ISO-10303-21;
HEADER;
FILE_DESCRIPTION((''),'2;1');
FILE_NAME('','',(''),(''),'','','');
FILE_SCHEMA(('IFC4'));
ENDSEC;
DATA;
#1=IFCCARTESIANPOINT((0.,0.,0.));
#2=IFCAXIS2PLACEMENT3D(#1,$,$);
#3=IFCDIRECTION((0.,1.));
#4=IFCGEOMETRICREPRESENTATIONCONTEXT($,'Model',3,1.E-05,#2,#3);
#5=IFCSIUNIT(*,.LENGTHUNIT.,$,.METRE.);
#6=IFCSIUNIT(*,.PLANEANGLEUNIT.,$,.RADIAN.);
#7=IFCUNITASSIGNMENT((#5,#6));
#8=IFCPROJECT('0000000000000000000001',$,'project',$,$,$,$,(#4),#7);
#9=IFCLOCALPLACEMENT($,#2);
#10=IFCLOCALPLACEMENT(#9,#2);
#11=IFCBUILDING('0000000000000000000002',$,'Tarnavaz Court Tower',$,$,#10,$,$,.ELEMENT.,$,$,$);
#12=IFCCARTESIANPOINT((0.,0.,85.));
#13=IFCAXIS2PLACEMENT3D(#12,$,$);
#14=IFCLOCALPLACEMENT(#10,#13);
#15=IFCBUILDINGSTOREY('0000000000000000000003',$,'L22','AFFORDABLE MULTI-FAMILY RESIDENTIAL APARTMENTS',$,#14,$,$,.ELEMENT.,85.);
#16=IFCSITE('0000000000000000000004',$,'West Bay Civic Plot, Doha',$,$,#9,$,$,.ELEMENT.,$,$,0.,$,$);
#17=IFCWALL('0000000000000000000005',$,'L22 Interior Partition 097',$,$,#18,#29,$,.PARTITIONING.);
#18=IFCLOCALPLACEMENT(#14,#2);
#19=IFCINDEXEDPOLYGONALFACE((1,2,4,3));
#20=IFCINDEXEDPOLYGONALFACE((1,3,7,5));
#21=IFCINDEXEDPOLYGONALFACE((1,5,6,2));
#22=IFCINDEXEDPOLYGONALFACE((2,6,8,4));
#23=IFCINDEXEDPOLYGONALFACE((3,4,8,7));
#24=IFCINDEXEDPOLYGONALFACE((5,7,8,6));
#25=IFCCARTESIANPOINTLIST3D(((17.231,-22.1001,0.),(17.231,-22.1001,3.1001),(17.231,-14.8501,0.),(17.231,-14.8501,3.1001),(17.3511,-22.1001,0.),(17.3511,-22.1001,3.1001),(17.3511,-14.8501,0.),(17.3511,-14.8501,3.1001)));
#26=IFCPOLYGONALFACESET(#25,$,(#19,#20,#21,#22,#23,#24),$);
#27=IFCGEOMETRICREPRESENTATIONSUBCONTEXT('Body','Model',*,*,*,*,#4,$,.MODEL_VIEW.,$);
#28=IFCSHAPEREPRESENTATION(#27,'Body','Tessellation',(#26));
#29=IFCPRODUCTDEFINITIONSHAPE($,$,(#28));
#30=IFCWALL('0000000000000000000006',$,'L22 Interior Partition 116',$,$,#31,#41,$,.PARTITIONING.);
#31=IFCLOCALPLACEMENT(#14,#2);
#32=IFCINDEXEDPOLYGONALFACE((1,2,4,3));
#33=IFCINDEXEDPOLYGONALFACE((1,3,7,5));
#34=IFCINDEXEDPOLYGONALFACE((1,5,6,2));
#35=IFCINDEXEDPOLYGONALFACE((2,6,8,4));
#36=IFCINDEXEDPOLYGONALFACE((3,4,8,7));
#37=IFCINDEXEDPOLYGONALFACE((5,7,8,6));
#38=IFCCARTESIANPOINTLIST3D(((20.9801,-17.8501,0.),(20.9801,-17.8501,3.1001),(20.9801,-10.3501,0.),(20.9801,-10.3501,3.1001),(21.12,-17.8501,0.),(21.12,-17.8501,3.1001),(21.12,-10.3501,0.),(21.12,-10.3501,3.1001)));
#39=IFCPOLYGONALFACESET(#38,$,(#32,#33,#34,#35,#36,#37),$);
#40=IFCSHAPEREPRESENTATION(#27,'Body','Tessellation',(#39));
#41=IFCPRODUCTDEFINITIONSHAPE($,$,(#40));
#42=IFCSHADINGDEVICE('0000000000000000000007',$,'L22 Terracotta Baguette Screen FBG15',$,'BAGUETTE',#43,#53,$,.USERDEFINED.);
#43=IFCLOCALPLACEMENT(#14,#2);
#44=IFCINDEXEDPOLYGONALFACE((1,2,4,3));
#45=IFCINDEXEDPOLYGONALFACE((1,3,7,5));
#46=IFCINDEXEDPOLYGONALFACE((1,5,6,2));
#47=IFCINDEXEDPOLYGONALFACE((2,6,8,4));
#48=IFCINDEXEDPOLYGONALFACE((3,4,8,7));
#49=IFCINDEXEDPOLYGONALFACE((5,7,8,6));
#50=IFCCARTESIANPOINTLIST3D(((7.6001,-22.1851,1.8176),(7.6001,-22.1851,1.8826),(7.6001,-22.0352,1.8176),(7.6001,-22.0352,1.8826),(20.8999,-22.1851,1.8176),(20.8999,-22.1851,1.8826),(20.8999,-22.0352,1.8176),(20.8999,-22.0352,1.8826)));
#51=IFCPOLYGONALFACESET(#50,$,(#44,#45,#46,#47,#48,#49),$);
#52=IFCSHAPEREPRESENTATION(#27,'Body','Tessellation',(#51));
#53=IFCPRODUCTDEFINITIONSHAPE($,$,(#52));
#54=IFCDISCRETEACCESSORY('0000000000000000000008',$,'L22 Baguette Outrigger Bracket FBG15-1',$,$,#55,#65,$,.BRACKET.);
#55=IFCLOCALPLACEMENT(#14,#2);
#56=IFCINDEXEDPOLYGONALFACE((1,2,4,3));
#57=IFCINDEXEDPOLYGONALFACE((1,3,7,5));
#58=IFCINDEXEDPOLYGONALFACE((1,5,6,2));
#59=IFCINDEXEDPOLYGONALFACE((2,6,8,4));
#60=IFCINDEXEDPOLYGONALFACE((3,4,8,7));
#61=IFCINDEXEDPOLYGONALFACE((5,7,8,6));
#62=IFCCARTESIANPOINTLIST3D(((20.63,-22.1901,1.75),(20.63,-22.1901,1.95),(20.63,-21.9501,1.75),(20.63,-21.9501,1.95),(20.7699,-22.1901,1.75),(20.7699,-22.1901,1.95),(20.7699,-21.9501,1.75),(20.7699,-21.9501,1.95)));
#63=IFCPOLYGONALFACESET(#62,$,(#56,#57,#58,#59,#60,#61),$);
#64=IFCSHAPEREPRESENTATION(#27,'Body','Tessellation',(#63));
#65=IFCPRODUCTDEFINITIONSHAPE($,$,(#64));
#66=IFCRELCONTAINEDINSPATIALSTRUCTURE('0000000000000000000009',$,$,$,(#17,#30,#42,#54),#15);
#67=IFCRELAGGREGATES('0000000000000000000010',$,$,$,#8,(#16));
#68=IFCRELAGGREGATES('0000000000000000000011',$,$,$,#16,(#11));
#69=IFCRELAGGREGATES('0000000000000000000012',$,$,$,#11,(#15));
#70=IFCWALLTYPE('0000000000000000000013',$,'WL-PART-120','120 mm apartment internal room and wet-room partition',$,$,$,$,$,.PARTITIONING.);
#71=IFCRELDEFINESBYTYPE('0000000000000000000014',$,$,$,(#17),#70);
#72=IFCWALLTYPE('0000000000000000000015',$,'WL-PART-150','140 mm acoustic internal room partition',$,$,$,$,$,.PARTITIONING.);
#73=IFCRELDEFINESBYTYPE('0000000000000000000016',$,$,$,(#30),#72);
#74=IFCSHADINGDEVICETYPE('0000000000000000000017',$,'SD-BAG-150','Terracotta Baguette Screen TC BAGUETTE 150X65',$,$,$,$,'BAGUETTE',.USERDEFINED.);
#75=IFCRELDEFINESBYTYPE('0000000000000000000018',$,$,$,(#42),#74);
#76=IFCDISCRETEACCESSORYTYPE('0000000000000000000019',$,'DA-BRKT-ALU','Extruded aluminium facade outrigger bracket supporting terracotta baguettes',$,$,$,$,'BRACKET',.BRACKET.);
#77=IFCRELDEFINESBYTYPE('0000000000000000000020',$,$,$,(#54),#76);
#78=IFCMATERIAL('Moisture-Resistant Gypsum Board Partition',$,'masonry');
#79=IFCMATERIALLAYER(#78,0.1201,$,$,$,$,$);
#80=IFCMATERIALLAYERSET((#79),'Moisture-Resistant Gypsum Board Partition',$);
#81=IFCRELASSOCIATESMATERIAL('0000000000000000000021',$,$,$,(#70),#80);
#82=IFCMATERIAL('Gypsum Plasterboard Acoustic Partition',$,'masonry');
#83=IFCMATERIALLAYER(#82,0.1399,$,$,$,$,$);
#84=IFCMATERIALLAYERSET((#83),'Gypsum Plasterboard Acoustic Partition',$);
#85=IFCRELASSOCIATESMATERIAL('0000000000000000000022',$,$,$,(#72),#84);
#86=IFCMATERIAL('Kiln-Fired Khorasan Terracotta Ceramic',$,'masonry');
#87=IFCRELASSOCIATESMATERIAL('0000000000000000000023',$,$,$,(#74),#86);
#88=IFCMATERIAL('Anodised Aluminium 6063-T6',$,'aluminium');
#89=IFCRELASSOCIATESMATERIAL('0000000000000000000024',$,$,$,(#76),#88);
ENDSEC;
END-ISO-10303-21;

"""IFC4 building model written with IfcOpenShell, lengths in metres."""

from ifc_helpers import new_model, si_unit, direction, frame, frame_2d, origin, origin_2d, place, context, subcontext, project, spatial, rectangle, extrude, material, layer, layer_set, material_profile, profile_set, type_object, element, save


model = new_model("IFC4")

# Units and contexts
model_context = context("Model", 3, precision=1e-05, world=origin(), true_north=direction((0.0, 1.0)))
body_context = subcontext(model_context, "Body", "Model", "MODEL_VIEW")
ifc_project = project(units=[si_unit("LENGTHUNIT", "METRE"), si_unit("PLANEANGLEUNIT", "RADIAN")], contexts=[model_context])

# Site, building, storey
site_placement = place(None, origin())
site = spatial("IfcSite", under=ifc_project, at=site_placement, Name="West Bay Civic Plot, Doha", CompositionType="ELEMENT", RefElevation=0.0)
building_placement = place(site_placement, origin())
building = spatial("IfcBuilding", under=site, at=building_placement, Name="Tarnavaz Court Tower", CompositionType="ELEMENT")
storey_placement = place(building_placement, frame((0.0, 0.0, 85.0)))
storey = spatial("IfcBuildingStorey", under=building, at=storey_placement, Name="L22", Description="AFFORDABLE MULTI-FAMILY RESIDENTIAL APARTMENTS", CompositionType="ELEMENT", Elevation=85.0)

# Shared definitions
ifc_material_1 = material(Name="Moisture-Resistant Gypsum Board Partition", Category="masonry")
ifc_layer_1 = layer(ifc_material_1, 0.1201)
ifc_layer_set_1 = layer_set([ifc_layer_1], Name="Moisture-Resistant Gypsum Board Partition")
wall_type_1 = type_object("IfcWallType", Name="WL-PART-120", Description="120 mm apartment internal room and wet-room partition", PredefinedType="PARTITIONING", material=ifc_layer_set_1)

# Walls
wall_1_placement = place(storey_placement, frame((17.291, -22.1001, 0.0), z_axis=(0.0, 0.0, 1.0), x_axis=(0.0, 1.0, 0.0)))
element("IfcWall", 1, at=wall_1_placement, inside=storey, type_object=wall_type_1, Name="L22 Interior Partition 097", PredefinedType="PARTITIONING", context=body_context, shape_type="SweptSolid", body=[
    extrude(rectangle(XDim=7.25, YDim=0.1201, at=frame_2d((3.625, 0.0))), origin(), (0.0, 0.0, 1.0), 3.1001),
])
ifc_material_2 = material(Name="Gypsum Plasterboard Acoustic Partition", Category="masonry")
ifc_layer_2 = layer(ifc_material_2, 0.1399)
ifc_layer_set_2 = layer_set([ifc_layer_2], Name="Gypsum Plasterboard Acoustic Partition")
wall_type_2 = type_object("IfcWallType", Name="WL-PART-150", Description="140 mm acoustic internal room partition", PredefinedType="PARTITIONING", material=ifc_layer_set_2)
wall_2_placement = place(storey_placement, frame((21.05, -17.8501, 0.0), z_axis=(0.0, 0.0, 1.0), x_axis=(0.0, 1.0, 0.0)))
element("IfcWall", 2, at=wall_2_placement, inside=storey, type_object=wall_type_2, Name="L22 Interior Partition 116", PredefinedType="PARTITIONING", context=body_context, shape_type="SweptSolid", body=[
    extrude(rectangle(XDim=7.5, YDim=0.1399, at=frame_2d((3.75, 0.0))), origin(), (0.0, 0.0, 1.0), 3.1001),
])

# Shading device
ifc_material_3 = material(Name="Kiln-Fired Khorasan Terracotta Ceramic", Category="masonry")
ifc_material_profile_1 = material_profile(ifc_material_3, rectangle(XDim=0.1499, YDim=0.0649, at=origin_2d()), Name="TC BAGUETTE 150X65")
ifc_profile_set_1 = profile_set([ifc_material_profile_1], Name="Kiln-Fired Khorasan Terracotta Ceramic")
shading_device_type = type_object("IfcShadingDeviceType", Name="SD-BAG-150", Description="Terracotta Baguette Screen TC BAGUETTE 150X65", ElementType="BAGUETTE", PredefinedType="USERDEFINED", material=ifc_profile_set_1)
shading_device_placement = place(storey_placement, frame((20.8999, -22.1101, 1.8501), z_axis=(-1.0, 0.0, 0.0), x_axis=(0.0, -1.0, 0.0)))
element("IfcShadingDevice", 3, at=shading_device_placement, inside=storey, type_object=shading_device_type, Name="L22 Terracotta Baguette Screen FBG15", ObjectType="BAGUETTE", PredefinedType="USERDEFINED", context=body_context, shape_type="SweptSolid", body=[
    extrude(rectangle(XDim=0.1499, YDim=0.0649, at=origin_2d()), origin(), (0.0, 0.0, 1.0), 13.2998),
])

# Discrete accessory
ifc_material_4 = material(Name="Anodised Aluminium 6063-T6", Category="aluminium")
discrete_accessory_type = type_object("IfcDiscreteAccessoryType", Name="DA-BRKT-ALU", Description="Extruded aluminium facade outrigger bracket supporting terracotta baguettes", ElementType="BRACKET", PredefinedType="BRACKET", material=ifc_material_4)
discrete_accessory_placement = place(storey_placement, frame((20.7, -22.0701, 1.75), z_axis=(0.0, 0.0, 1.0), x_axis=(-1.0, 0.0, 0.0)))
element("IfcDiscreteAccessory", 4, at=discrete_accessory_placement, inside=storey, type_object=discrete_accessory_type, Name="L22 Baguette Outrigger Bracket FBG15-1", PredefinedType="BRACKET", context=body_context, shape_type="SweptSolid", body=[
    extrude(rectangle(XDim=0.1399, YDim=0.24, at=origin_2d()), origin(), (0.0, 0.0, 1.0), 0.2),
])

save(model, "model.ifc")
